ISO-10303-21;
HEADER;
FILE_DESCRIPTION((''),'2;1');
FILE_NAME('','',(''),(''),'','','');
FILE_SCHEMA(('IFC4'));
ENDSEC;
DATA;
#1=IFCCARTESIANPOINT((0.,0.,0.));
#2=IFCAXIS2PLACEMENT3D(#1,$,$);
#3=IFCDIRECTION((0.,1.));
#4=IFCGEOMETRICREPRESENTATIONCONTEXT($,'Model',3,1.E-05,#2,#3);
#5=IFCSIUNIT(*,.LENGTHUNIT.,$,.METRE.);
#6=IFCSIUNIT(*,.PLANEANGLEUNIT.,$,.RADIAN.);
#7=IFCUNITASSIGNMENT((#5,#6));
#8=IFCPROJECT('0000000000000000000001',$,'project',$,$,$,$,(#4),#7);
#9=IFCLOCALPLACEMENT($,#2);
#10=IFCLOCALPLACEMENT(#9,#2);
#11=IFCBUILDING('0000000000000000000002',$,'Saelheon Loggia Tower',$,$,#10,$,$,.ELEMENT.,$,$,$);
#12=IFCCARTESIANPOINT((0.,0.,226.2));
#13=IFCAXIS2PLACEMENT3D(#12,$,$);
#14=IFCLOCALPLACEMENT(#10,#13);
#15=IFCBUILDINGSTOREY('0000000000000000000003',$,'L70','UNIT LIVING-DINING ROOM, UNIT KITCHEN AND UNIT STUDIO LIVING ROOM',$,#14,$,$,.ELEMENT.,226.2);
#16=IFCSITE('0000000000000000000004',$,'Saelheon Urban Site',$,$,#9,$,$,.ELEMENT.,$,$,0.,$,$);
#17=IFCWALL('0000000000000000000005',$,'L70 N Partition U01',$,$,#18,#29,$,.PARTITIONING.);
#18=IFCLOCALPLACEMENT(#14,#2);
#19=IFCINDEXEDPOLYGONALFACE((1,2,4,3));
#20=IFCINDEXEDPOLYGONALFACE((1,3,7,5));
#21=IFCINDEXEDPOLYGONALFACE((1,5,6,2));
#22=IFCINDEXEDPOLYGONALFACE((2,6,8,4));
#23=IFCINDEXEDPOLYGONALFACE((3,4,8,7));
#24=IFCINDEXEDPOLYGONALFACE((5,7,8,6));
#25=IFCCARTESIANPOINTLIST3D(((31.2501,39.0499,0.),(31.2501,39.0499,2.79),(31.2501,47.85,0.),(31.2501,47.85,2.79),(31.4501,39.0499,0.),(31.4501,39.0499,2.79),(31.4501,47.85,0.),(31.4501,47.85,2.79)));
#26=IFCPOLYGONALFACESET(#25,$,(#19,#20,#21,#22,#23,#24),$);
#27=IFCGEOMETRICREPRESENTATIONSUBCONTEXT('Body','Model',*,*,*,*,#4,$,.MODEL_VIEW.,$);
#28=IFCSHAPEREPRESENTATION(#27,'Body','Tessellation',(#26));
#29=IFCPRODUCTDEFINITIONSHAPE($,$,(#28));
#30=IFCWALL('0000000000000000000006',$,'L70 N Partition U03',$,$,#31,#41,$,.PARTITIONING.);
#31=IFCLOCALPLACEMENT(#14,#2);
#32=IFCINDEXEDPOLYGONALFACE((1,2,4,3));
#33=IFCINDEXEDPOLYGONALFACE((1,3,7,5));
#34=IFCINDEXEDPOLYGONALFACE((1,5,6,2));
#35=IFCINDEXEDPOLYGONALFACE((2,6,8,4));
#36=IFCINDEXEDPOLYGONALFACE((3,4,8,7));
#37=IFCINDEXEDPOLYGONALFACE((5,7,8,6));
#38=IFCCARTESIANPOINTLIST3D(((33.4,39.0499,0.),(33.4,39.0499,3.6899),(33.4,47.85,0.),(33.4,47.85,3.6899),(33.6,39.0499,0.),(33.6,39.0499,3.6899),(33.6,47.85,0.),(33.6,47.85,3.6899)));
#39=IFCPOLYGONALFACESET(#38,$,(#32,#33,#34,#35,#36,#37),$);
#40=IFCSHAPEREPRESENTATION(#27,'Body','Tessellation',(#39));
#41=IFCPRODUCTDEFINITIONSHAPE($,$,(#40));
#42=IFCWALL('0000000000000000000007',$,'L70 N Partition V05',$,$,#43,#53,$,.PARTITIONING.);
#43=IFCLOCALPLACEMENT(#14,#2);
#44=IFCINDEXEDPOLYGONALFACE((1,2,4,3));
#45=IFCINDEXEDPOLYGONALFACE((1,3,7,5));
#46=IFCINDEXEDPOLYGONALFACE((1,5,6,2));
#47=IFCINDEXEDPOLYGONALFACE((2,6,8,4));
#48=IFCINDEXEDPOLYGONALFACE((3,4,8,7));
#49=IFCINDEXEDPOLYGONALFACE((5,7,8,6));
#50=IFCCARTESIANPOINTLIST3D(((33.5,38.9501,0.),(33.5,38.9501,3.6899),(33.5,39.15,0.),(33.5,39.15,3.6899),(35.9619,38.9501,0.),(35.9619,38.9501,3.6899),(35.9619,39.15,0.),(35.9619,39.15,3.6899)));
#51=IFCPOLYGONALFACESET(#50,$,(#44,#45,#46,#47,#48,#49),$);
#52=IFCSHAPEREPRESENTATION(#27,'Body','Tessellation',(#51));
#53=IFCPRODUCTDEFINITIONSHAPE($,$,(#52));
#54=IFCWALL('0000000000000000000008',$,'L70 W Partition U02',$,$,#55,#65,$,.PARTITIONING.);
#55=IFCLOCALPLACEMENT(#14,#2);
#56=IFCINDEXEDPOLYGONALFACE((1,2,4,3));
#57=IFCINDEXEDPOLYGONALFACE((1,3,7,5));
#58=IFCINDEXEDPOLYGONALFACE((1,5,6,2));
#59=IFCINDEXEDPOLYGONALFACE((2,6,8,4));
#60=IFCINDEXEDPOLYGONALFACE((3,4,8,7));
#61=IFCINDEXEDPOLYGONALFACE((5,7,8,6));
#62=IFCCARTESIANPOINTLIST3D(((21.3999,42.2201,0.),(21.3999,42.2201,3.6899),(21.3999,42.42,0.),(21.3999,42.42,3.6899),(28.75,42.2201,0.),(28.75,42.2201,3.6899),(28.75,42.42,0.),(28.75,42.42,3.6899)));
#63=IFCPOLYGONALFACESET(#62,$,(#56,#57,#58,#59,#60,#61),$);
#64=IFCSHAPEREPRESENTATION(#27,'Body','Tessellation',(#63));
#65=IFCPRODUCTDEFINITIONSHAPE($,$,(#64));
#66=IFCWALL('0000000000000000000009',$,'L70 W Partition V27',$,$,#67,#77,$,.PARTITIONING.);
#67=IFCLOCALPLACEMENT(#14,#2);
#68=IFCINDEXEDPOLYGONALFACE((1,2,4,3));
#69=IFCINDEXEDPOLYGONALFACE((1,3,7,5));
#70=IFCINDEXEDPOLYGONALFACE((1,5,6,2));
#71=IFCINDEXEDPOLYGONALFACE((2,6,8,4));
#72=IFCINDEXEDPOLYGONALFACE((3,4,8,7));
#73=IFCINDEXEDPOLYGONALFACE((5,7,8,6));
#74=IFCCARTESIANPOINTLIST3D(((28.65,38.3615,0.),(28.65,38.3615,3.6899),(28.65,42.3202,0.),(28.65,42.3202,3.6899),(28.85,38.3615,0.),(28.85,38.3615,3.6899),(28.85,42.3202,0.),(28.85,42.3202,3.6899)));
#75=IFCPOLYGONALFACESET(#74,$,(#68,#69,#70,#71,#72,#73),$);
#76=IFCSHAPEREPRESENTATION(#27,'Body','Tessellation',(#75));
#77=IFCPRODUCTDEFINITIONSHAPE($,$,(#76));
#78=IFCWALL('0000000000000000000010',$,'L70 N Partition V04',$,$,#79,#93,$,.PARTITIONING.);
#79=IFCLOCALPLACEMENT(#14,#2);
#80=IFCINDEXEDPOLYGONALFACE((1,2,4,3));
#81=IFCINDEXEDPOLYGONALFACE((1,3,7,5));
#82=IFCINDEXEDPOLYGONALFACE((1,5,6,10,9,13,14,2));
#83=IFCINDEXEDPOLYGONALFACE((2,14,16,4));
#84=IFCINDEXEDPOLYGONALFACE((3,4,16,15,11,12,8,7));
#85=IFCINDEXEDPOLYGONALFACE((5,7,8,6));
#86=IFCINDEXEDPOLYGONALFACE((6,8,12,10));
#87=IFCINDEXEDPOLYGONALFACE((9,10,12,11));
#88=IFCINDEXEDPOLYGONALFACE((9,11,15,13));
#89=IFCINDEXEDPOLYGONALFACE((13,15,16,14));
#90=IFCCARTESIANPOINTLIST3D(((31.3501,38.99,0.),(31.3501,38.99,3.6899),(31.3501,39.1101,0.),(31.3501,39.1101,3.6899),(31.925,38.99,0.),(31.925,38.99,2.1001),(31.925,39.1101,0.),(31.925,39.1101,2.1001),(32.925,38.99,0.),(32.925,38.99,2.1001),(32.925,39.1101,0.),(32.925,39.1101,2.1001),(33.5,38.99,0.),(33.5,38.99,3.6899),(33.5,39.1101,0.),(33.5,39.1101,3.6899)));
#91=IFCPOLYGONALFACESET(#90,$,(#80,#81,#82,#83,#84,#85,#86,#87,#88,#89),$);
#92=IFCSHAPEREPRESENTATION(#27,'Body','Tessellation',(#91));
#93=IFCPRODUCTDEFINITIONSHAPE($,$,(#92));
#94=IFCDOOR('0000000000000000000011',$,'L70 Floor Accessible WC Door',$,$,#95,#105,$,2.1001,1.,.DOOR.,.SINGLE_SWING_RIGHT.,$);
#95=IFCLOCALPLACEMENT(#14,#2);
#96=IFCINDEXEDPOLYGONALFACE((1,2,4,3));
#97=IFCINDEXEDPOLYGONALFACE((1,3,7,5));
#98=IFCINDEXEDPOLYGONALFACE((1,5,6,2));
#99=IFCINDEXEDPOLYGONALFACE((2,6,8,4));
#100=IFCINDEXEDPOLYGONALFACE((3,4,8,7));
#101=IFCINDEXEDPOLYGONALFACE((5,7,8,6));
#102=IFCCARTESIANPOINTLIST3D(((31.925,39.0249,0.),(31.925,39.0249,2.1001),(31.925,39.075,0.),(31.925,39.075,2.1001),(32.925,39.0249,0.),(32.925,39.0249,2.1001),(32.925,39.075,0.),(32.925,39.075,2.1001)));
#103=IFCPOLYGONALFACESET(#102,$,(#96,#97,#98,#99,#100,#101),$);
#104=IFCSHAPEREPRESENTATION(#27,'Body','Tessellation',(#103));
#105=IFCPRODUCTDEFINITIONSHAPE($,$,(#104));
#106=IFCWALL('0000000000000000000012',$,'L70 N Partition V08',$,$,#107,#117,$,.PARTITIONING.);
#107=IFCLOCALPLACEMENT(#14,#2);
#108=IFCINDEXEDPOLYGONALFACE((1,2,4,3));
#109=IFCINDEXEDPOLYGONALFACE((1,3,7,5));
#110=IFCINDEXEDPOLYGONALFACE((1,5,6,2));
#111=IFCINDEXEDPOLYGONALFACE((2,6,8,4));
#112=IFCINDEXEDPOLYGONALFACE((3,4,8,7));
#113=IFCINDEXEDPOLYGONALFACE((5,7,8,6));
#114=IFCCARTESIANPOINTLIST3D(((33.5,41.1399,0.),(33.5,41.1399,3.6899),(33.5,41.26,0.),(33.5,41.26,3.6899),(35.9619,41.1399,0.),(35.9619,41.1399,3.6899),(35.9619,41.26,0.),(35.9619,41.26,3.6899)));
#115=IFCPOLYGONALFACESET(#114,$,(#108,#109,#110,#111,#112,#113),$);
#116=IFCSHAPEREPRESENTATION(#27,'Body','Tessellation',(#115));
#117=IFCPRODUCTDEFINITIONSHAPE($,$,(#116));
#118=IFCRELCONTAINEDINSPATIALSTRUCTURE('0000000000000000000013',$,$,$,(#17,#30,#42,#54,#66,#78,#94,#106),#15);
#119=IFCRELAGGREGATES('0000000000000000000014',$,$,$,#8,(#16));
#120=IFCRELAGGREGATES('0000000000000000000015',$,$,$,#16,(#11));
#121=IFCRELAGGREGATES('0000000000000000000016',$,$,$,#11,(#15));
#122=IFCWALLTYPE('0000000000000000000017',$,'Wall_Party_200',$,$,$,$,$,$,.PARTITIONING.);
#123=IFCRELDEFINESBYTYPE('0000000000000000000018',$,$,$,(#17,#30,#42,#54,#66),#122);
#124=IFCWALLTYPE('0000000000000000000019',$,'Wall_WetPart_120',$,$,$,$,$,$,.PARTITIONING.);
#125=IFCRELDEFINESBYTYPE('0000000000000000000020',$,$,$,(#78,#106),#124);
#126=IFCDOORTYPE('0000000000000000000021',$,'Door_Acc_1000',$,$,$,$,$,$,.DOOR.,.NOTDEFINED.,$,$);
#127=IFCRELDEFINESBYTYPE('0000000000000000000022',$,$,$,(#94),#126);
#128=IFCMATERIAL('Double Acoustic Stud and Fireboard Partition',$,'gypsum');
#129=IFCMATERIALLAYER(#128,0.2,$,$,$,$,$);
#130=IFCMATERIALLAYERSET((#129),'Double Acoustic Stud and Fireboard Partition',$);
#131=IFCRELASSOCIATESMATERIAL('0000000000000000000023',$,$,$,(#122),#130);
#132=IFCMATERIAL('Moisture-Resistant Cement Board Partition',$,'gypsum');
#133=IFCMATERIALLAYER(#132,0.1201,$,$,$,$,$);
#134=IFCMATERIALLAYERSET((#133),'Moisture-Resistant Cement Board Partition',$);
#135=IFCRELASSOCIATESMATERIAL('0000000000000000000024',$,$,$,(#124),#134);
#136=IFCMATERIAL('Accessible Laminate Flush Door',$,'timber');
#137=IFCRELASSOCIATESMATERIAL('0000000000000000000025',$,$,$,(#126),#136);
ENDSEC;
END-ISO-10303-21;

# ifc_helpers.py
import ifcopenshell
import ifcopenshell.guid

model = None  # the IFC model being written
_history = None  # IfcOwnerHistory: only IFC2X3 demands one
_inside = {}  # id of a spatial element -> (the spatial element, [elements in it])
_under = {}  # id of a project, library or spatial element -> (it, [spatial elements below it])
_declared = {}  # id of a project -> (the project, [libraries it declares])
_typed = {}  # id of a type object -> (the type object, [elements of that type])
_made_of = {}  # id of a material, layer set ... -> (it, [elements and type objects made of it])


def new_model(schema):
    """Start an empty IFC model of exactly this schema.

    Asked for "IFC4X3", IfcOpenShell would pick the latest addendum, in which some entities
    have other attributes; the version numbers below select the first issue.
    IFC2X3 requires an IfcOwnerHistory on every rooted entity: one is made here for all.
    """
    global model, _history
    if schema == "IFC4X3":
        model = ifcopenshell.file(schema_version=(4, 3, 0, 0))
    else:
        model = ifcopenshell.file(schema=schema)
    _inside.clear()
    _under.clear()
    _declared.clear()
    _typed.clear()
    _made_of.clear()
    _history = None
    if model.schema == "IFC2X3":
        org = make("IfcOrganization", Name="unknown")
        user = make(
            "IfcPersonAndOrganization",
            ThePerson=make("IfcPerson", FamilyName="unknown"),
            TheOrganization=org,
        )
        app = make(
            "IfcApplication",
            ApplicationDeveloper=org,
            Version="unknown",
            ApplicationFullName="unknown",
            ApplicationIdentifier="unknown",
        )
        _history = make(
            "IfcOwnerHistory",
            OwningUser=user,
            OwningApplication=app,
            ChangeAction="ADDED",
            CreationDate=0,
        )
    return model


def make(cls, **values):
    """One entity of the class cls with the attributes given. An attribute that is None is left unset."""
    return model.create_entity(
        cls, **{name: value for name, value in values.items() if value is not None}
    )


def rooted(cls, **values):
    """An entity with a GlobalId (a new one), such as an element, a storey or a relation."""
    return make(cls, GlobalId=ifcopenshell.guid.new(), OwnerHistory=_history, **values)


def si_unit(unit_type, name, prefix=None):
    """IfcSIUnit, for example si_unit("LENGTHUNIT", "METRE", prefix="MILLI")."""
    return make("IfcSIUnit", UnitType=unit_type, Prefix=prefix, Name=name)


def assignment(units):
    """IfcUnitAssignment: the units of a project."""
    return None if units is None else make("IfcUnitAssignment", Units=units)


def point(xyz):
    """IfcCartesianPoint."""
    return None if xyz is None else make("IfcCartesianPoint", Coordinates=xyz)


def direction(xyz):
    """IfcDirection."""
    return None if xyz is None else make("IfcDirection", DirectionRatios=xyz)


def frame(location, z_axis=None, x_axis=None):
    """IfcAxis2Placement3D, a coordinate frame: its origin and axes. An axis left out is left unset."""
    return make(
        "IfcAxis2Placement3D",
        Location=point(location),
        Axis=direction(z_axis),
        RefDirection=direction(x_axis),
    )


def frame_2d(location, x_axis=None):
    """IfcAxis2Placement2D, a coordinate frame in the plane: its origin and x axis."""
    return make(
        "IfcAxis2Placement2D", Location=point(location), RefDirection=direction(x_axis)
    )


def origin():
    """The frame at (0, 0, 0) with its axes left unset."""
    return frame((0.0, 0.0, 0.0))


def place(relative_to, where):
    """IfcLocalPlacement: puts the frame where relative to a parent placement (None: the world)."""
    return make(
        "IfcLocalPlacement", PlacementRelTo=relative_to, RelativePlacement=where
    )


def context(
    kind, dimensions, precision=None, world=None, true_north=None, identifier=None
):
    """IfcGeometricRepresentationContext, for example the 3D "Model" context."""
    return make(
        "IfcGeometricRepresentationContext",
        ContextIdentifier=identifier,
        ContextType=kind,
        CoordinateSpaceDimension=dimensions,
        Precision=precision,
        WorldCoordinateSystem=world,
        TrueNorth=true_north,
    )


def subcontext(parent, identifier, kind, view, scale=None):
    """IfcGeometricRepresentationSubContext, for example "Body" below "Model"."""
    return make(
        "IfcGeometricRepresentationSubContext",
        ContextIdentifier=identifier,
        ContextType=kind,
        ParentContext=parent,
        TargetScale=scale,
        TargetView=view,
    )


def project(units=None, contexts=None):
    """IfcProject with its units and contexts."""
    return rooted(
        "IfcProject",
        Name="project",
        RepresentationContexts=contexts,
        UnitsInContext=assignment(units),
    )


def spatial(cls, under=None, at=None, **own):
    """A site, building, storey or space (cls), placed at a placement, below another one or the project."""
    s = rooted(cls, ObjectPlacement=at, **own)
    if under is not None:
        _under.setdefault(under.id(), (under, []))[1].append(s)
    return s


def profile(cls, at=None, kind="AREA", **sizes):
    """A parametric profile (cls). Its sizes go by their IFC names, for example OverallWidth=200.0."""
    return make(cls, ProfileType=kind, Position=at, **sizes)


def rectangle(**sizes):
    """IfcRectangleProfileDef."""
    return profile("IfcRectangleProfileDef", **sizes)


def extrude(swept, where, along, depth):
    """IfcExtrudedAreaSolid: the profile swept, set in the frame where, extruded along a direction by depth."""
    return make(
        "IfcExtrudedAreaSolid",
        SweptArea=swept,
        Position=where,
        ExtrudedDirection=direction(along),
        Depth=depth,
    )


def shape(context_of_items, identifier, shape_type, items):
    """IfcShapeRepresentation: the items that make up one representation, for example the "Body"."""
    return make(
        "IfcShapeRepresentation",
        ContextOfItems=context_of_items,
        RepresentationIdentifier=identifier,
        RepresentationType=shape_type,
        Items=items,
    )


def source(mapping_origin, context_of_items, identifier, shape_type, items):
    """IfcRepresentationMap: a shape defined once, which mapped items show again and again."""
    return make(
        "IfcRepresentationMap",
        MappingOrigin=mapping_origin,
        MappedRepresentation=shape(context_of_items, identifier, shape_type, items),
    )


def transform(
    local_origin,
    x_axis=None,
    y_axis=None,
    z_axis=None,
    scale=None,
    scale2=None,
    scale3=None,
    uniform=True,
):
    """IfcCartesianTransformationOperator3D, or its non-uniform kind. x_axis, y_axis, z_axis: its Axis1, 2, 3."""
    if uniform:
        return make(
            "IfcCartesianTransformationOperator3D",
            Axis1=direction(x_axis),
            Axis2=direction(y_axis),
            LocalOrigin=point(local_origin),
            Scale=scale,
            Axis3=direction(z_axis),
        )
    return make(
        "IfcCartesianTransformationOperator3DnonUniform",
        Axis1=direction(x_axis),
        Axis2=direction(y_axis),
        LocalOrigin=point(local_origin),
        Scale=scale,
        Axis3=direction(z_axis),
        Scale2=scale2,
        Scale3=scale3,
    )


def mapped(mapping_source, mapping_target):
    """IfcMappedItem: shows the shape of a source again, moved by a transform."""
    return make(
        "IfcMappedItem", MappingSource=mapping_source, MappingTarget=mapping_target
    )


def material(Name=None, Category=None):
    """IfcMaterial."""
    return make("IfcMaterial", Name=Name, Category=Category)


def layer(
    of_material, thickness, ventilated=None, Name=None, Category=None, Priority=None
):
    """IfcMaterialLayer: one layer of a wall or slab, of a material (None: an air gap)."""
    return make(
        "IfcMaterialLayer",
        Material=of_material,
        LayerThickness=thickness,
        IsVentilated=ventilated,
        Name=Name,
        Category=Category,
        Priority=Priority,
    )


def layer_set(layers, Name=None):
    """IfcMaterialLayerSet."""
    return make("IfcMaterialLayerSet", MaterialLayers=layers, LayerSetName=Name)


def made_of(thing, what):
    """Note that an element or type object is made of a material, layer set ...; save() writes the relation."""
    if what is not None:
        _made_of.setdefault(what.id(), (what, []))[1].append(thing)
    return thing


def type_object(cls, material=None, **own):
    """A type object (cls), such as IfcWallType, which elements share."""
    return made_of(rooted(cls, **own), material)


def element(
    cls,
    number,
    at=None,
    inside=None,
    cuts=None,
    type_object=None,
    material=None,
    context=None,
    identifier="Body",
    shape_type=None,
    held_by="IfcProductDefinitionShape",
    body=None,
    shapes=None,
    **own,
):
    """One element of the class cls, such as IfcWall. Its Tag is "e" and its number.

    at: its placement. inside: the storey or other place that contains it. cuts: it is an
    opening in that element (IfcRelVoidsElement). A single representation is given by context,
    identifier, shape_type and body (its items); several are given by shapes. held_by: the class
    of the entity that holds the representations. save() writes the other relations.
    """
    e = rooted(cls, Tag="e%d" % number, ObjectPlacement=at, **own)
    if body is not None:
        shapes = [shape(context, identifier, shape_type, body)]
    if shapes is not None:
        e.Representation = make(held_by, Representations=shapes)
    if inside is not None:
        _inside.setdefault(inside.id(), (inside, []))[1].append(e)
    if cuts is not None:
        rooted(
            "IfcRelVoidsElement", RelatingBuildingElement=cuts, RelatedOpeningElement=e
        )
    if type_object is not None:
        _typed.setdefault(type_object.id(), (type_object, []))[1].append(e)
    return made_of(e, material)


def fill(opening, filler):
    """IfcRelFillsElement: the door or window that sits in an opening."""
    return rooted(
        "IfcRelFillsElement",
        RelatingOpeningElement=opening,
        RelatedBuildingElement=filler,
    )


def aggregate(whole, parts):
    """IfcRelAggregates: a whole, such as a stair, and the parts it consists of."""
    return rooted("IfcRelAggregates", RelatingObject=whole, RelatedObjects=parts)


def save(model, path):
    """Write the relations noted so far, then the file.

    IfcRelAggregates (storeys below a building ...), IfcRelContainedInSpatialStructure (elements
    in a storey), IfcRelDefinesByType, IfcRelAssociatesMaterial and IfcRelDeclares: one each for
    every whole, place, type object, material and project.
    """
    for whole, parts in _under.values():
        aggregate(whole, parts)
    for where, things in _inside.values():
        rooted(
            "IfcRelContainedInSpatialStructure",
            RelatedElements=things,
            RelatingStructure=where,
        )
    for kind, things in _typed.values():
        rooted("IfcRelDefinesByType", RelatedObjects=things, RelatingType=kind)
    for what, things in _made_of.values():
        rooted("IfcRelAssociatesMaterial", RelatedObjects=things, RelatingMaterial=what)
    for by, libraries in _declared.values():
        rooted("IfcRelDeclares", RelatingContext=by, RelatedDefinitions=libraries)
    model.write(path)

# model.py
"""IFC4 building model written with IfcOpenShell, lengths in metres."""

from ifc_helpers import new_model, si_unit, direction, frame, frame_2d, origin, place, context, subcontext, project, spatial, rectangle, extrude, source, transform, mapped, material, layer, layer_set, type_object, element, fill, save


model = new_model("IFC4")

# Units and contexts
model_context = context("Model", 3, precision=1e-05, world=origin(), true_north=direction((0.0, 1.0)))
body_context = subcontext(model_context, "Body", "Model", "MODEL_VIEW")
ifc_project = project(units=[si_unit("LENGTHUNIT", "METRE"), si_unit("PLANEANGLEUNIT", "RADIAN")], contexts=[model_context])

# Site, building, storey
site_placement = place(None, origin())
site = spatial("IfcSite", under=ifc_project, at=site_placement, Name="Saelheon Urban Site", CompositionType="ELEMENT", RefElevation=0.0)
building_placement = place(site_placement, origin())
building = spatial("IfcBuilding", under=site, at=building_placement, Name="Saelheon Loggia Tower", CompositionType="ELEMENT")
storey_placement = place(building_placement, frame((0.0, 0.0, 226.2)))
storey = spatial("IfcBuildingStorey", under=building, at=storey_placement, Name="L70", Description="UNIT LIVING-DINING ROOM, UNIT KITCHEN AND UNIT STUDIO LIVING ROOM", CompositionType="ELEMENT", Elevation=226.2)

# Walls
ifc_material_1 = material(Name="Double Acoustic Stud and Fireboard Partition", Category="gypsum")
ifc_layer_1 = layer(ifc_material_1, 0.2)
ifc_layer_set_1 = layer_set([ifc_layer_1], Name="Double Acoustic Stud and Fireboard Partition")
wall_type_1 = type_object("IfcWallType", Name="Wall_Party_200", PredefinedType="PARTITIONING", material=ifc_layer_set_1)
wall_1_placement = place(storey_placement, frame((31.3501, 39.05, 0.0), z_axis=(0.0, 0.0, 1.0), x_axis=(0.0, 1.0, 0.0)))
element("IfcWall", 1, at=wall_1_placement, inside=storey, type_object=wall_type_1, Name="L70 N Partition U01", PredefinedType="PARTITIONING", context=body_context, shape_type="SweptSolid", body=[
    extrude(rectangle(XDim=8.8, YDim=0.2, at=frame_2d((4.3999, 0.0))), origin(), (0.0, 0.0, 1.0), 2.79),
])
wall_2_placement = place(storey_placement, frame((33.5, 39.05, 0.0), z_axis=(0.0, 0.0, 1.0), x_axis=(0.0, 1.0, 0.0)))
element("IfcWall", 2, at=wall_2_placement, inside=storey, type_object=wall_type_1, Name="L70 N Partition U03", PredefinedType="PARTITIONING", context=body_context, shape_type="SweptSolid", body=[
    extrude(rectangle(XDim=8.8, YDim=0.2, at=frame_2d((4.3999, 0.0))), origin(), (0.0, 0.0, 1.0), 3.6899),
])
wall_3_placement = place(storey_placement, frame((33.5, 39.05, 0.0), z_axis=(0.0, 0.0, 1.0), x_axis=(1.0, 0.0, 0.0)))
element("IfcWall", 3, at=wall_3_placement, inside=storey, type_object=wall_type_1, Name="L70 N Partition V05", PredefinedType="PARTITIONING", context=body_context, shape_type="SweptSolid", body=[
    extrude(rectangle(XDim=2.4619, YDim=0.2, at=frame_2d((1.231, 0.0))), origin(), (0.0, 0.0, 1.0), 3.6899),
])
wall_4_placement = place(storey_placement, frame((28.75, 42.3201, 0.0), z_axis=(0.0, 0.0, 1.0), x_axis=(-1.0, 0.0, 0.0)))
element("IfcWall", 4, at=wall_4_placement, inside=storey, type_object=wall_type_1, Name="L70 W Partition U02", PredefinedType="PARTITIONING", context=body_context, shape_type="SweptSolid", body=[
    extrude(rectangle(XDim=7.3501, YDim=0.2, at=frame_2d((3.675, 0.0))), origin(), (0.0, 0.0, 1.0), 3.6899),
])
wall_5_placement = place(storey_placement, frame((28.75, 38.3613, 0.0), z_axis=(0.0, 0.0, 1.0), x_axis=(0.0, 1.0, 0.0)))
element("IfcWall", 5, at=wall_5_placement, inside=storey, type_object=wall_type_1, Name="L70 W Partition V27", PredefinedType="PARTITIONING", context=body_context, shape_type="SweptSolid", body=[
    extrude(rectangle(XDim=3.9587, YDim=0.2, at=frame_2d((1.9795, 0.0))), origin(), (0.0, 0.0, 1.0), 3.6899),
])

# Wall, opening, door
ifc_material_2 = material(Name="Moisture-Resistant Cement Board Partition", Category="gypsum")
ifc_layer_2 = layer(ifc_material_2, 0.1201)
ifc_layer_set_2 = layer_set([ifc_layer_2], Name="Moisture-Resistant Cement Board Partition")
wall_type_2 = type_object("IfcWallType", Name="Wall_WetPart_120", PredefinedType="PARTITIONING", material=ifc_layer_set_2)
wall_6_placement = place(storey_placement, frame((31.3501, 39.05, 0.0), z_axis=(0.0, 0.0, 1.0), x_axis=(1.0, 0.0, 0.0)))
wall_6 = element("IfcWall", 6, at=wall_6_placement, inside=storey, type_object=wall_type_2, Name="L70 N Partition V04", PredefinedType="PARTITIONING", context=body_context, shape_type="SweptSolid", body=[
    extrude(rectangle(XDim=2.1499, YDim=0.1201, at=frame_2d((1.075, 0.0))), origin(), (0.0, 0.0, 1.0), 3.6899),
])
opening_1_placement = place(wall_6_placement, frame((0.575, 0.0, 0.0)))
opening_1 = element("IfcOpeningElement", 7, at=opening_1_placement, cuts=wall_6, PredefinedType="OPENING", context=body_context, shape_type="SweptSolid", body=[
    extrude(rectangle(XDim=1.0, YDim=2.1001, at=frame_2d((0.5, 1.05))), frame((0.0, 0.072, 0.0), z_axis=(0.0, -1.0, 0.0), x_axis=(1.0, 0.0, 0.0)), (0.0, 0.0, 1.0), 0.144),
])
ifc_material_3 = material(Name="Accessible Laminate Flush Door", Category="timber")
door_type_1 = type_object("IfcDoorType", Name="Door_Acc_1000", OperationType="NOTDEFINED", PredefinedType="DOOR", material=ifc_material_3)
shared_shape_1 = source(origin(), body_context, "Body", "SweptSolid", [
    extrude(rectangle(XDim=1.0, YDim=2.1001, at=frame_2d((0.5, 1.05))), frame((0.0, 0.0249, 0.0), z_axis=(0.0, -1.0, 0.0), x_axis=(1.0, 0.0, 0.0)), (0.0, 0.0, 1.0), 0.05),
])
door_1_placement = place(opening_1_placement, origin())
door_1 = element("IfcDoor", 8, at=door_1_placement, inside=storey, type_object=door_type_1, Name="L70 Floor Accessible WC Door", OperationType="SINGLE_SWING_RIGHT", OverallHeight=2.1001, OverallWidth=1.0, PredefinedType="DOOR", context=body_context, shape_type="MappedRepresentation", body=[
    mapped(shared_shape_1, transform((0.0, 0.0, 0.0), scale=1.0)),
])
fill(opening_1, door_1)

# Wall
wall_7_placement = place(storey_placement, frame((33.5, 41.2, 0.0), z_axis=(0.0, 0.0, 1.0), x_axis=(1.0, 0.0, 0.0)))
element("IfcWall", 9, at=wall_7_placement, inside=storey, type_object=wall_type_2, Name="L70 N Partition V08", PredefinedType="PARTITIONING", context=body_context, shape_type="SweptSolid", body=[
    extrude(rectangle(XDim=2.4619, YDim=0.1201, at=frame_2d((1.231, 0.0))), origin(), (0.0, 0.0, 1.0), 3.6899),
])

save(model, "model.ifc")
